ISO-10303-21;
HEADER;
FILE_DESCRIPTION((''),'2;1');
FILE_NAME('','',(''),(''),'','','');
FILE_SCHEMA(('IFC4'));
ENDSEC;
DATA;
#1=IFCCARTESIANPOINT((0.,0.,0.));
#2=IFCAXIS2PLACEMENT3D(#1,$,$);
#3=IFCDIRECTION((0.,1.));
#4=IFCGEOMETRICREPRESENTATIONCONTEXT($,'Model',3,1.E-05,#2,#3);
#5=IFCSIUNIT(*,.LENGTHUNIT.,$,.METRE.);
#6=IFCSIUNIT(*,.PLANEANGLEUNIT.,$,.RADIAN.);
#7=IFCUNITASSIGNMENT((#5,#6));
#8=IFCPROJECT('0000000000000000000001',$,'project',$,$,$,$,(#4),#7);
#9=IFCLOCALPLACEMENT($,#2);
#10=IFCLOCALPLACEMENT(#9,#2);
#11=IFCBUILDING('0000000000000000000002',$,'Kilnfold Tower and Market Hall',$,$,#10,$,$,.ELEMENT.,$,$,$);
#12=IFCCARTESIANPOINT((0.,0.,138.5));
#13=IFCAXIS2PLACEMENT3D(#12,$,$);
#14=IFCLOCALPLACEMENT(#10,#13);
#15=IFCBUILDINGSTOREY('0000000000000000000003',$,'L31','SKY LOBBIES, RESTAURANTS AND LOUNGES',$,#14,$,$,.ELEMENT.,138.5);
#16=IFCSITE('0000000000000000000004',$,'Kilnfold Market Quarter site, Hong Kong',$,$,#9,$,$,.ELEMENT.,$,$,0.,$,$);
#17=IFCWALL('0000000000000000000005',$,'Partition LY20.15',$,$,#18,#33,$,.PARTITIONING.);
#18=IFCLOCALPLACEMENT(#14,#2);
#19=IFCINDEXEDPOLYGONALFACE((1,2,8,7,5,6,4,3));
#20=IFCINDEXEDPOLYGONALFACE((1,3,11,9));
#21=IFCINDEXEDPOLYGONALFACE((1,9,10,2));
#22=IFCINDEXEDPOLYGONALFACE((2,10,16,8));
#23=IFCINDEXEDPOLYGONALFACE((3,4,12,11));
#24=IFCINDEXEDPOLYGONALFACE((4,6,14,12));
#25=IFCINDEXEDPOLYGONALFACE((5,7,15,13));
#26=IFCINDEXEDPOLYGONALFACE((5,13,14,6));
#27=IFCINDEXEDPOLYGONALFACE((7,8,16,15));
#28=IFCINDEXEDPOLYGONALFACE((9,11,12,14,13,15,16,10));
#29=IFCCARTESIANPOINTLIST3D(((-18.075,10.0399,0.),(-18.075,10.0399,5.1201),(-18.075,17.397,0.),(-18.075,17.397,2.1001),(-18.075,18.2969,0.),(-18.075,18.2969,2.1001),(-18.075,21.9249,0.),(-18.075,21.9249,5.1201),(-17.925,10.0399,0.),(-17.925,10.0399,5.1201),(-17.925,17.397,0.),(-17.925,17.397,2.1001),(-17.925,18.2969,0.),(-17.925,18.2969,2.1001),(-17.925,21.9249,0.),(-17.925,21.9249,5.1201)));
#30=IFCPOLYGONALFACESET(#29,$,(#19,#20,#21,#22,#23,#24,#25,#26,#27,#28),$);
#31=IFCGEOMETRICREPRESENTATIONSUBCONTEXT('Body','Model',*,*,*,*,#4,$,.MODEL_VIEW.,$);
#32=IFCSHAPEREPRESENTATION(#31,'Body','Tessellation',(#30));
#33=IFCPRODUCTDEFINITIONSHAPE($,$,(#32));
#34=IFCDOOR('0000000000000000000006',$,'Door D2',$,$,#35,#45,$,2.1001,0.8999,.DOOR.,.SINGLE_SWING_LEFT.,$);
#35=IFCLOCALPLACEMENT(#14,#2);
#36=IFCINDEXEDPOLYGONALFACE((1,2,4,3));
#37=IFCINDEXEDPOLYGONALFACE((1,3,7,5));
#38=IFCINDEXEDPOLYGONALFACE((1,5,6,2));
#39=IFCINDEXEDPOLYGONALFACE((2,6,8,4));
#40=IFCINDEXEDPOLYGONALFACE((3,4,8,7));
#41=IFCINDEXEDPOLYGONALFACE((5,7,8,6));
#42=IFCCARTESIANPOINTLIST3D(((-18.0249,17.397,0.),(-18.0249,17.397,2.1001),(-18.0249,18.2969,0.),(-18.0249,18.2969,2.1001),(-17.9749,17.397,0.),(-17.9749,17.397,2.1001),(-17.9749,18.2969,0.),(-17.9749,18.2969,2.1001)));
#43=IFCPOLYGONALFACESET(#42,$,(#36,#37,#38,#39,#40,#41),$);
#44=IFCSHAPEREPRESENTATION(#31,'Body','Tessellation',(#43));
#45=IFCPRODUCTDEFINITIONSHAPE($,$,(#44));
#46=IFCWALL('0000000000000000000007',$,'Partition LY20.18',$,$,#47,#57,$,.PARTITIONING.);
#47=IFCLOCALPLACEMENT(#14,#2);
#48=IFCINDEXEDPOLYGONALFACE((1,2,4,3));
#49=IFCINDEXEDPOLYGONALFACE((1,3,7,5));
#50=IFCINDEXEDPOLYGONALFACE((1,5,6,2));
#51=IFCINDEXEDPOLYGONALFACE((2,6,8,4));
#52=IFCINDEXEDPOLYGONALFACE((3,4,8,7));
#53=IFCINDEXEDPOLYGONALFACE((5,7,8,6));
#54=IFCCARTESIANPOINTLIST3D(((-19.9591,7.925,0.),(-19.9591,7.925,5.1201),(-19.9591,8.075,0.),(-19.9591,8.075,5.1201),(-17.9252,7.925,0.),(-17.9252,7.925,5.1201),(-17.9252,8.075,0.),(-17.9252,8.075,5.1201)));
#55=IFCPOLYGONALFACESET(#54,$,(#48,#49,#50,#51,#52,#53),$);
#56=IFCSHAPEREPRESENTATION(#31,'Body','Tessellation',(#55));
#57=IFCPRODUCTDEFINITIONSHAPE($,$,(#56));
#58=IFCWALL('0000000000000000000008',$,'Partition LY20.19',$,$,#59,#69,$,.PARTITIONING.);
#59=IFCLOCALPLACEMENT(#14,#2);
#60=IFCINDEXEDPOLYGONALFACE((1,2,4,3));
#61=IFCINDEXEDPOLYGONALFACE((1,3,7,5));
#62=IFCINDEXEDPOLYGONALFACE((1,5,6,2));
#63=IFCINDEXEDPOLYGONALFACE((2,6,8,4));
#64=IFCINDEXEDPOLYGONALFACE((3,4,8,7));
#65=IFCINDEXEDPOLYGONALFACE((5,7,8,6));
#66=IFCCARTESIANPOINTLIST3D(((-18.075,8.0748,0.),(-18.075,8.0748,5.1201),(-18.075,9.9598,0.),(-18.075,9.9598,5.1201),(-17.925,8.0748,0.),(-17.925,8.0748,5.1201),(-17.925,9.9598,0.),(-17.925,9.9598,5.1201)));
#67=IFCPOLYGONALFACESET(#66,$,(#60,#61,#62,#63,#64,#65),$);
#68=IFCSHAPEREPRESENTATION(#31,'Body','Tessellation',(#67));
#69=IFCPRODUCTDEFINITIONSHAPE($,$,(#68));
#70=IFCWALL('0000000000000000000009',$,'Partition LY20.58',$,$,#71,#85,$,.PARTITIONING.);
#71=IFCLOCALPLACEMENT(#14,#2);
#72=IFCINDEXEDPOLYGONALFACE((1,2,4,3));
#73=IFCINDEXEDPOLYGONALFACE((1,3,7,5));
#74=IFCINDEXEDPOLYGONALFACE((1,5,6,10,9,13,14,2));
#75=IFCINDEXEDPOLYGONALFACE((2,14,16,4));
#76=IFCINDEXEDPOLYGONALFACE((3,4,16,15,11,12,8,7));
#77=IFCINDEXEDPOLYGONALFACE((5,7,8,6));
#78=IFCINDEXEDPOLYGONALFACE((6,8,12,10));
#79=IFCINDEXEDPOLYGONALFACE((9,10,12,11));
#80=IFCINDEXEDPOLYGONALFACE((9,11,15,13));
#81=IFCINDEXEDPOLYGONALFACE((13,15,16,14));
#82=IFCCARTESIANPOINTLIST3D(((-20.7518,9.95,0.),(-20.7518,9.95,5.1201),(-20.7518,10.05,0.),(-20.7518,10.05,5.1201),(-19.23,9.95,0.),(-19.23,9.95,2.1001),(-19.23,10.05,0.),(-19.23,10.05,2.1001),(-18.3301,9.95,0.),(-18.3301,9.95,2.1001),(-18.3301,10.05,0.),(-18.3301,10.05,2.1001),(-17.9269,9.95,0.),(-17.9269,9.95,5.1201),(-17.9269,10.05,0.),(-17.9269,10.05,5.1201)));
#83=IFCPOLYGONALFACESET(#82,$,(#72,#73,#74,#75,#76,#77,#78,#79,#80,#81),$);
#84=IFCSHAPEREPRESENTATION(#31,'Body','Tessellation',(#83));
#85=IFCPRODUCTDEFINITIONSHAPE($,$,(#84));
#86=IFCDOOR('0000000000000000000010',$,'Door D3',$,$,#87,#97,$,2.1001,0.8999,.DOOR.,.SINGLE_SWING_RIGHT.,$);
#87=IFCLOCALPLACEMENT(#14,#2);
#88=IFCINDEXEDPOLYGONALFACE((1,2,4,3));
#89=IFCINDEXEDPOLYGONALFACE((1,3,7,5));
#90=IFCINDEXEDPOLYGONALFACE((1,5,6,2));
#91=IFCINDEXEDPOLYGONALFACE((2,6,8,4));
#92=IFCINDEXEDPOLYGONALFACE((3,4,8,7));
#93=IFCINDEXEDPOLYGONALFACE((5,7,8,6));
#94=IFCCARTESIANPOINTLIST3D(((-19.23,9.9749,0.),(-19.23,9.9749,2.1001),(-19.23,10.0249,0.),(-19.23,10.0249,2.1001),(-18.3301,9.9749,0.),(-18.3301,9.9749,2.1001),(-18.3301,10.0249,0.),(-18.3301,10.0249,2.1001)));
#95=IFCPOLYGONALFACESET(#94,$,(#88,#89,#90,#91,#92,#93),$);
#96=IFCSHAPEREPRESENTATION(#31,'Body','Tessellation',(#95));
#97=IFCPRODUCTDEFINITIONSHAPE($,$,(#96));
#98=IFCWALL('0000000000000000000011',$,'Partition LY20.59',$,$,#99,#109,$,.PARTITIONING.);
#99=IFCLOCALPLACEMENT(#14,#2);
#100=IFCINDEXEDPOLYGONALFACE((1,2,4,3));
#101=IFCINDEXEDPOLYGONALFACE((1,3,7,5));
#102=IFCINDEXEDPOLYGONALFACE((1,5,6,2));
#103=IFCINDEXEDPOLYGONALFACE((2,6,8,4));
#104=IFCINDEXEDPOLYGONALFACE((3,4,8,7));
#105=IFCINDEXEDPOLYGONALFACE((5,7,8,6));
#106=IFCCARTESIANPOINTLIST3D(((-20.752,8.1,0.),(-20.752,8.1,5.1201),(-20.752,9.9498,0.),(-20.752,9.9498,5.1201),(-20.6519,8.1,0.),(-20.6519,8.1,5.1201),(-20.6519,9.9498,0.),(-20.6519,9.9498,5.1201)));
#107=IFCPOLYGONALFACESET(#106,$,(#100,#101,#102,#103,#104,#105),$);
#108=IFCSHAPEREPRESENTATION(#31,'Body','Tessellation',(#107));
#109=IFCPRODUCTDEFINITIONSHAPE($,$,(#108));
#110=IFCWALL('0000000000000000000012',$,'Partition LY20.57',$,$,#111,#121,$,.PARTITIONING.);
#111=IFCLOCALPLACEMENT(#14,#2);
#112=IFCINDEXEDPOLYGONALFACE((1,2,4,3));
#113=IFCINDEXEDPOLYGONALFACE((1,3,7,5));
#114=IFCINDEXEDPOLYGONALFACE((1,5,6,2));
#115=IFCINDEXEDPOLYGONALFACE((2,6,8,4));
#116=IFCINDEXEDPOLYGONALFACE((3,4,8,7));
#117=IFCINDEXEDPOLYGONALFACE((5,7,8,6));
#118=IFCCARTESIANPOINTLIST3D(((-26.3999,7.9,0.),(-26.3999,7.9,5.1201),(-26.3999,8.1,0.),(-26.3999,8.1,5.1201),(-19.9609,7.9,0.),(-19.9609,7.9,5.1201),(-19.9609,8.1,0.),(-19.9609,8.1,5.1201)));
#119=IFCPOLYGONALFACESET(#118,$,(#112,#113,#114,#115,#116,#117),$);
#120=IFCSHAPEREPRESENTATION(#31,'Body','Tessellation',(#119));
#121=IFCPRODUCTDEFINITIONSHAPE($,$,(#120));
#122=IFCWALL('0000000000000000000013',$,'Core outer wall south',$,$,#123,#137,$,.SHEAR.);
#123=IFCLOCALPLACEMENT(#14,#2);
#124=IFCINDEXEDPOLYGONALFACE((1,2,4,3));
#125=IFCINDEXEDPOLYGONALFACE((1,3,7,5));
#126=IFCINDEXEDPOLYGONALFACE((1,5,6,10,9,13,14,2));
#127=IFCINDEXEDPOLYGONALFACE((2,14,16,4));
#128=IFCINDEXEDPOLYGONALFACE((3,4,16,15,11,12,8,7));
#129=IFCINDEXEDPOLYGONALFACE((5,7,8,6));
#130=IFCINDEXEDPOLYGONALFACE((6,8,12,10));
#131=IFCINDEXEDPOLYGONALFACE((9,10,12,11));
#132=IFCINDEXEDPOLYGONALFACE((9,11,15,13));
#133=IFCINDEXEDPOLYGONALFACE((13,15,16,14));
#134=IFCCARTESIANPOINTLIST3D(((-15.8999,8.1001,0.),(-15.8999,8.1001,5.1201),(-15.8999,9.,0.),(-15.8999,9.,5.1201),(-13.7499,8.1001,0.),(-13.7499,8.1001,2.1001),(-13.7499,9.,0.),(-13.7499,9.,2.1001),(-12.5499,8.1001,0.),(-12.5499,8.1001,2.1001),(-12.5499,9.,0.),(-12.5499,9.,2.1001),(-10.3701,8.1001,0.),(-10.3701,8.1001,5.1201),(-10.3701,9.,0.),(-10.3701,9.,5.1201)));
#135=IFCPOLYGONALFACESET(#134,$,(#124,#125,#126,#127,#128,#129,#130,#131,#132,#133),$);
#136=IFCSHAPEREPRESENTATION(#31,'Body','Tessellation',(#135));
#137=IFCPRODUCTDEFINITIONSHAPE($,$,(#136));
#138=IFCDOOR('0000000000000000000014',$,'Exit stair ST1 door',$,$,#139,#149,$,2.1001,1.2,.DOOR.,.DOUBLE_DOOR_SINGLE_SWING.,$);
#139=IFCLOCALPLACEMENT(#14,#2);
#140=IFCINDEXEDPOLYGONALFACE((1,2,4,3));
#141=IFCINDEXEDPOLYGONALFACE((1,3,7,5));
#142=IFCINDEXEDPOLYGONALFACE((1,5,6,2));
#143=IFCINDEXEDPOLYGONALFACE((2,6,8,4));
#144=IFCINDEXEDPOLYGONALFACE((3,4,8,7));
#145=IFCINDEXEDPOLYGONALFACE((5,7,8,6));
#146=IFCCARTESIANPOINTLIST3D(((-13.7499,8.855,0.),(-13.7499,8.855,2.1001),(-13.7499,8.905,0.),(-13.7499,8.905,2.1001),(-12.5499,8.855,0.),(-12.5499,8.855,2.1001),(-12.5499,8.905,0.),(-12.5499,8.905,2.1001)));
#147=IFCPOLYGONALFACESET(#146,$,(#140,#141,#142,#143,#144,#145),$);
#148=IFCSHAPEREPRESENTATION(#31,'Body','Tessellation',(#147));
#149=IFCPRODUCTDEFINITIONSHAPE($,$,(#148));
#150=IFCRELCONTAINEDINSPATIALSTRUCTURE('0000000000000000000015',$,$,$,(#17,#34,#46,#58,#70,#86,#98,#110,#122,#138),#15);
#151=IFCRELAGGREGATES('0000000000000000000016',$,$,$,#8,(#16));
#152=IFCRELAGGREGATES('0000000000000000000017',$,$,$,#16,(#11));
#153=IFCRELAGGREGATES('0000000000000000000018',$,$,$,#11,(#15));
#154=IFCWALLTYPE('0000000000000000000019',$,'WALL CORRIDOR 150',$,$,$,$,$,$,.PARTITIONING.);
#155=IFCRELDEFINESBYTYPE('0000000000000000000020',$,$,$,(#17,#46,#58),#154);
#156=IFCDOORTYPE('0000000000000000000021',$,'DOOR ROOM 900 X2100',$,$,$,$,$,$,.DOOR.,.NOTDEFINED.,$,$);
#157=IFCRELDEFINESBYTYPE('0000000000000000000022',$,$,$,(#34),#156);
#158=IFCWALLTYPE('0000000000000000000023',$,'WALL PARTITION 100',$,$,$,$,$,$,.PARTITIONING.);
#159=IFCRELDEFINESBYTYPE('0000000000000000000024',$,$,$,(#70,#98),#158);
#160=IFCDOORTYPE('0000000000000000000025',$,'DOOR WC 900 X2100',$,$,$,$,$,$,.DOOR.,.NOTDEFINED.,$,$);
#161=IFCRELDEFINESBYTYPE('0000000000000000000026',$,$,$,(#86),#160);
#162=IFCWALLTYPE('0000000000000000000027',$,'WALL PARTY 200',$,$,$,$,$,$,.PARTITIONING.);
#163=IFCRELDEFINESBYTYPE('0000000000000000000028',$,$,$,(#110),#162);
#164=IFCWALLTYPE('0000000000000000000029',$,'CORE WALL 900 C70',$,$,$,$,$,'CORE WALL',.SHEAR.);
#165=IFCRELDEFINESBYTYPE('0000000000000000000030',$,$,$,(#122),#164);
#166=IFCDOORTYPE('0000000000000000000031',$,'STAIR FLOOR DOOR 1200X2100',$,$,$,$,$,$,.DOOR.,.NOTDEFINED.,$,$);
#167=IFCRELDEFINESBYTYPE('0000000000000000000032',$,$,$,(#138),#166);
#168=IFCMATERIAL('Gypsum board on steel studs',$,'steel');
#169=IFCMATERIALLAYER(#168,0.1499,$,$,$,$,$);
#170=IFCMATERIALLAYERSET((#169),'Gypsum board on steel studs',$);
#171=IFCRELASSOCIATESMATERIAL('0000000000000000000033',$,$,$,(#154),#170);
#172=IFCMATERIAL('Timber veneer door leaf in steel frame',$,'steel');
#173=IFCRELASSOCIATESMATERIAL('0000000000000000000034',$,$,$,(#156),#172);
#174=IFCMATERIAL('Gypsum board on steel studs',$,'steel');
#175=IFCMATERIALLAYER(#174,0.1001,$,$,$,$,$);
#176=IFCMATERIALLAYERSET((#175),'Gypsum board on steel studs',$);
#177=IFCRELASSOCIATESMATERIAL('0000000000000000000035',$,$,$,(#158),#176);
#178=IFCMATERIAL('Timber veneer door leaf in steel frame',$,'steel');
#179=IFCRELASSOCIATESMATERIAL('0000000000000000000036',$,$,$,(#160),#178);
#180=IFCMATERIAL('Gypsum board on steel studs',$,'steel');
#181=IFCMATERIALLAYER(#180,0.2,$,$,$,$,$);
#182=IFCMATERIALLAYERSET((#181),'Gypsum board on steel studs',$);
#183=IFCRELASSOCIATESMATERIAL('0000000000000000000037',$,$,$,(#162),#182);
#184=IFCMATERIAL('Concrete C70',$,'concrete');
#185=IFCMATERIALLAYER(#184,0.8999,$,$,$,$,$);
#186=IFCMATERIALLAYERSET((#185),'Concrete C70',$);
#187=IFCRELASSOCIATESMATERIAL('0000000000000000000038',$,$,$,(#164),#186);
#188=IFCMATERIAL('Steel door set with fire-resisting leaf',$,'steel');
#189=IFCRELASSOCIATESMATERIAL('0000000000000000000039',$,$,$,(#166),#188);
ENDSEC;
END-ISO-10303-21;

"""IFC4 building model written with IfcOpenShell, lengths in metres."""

from ifc_helpers import new_model, si_unit, direction, frame, frame_2d, origin, place, context, subcontext, project, spatial, rectangle, extrude, source, transform, mapped, material, layer, layer_set, type_object, element, fill, save


model = new_model("IFC4")

# Units and contexts
model_context = context("Model", 3, precision=1e-05, world=origin(), true_north=direction((0.0, 1.0)))
body_context = subcontext(model_context, "Body", "Model", "MODEL_VIEW")
ifc_project = project(units=[si_unit("LENGTHUNIT", "METRE"), si_unit("PLANEANGLEUNIT", "RADIAN")], contexts=[model_context])

# Site, building, storey
site_placement = place(None, origin())
site = spatial("IfcSite", under=ifc_project, at=site_placement, Name="Kilnfold Market Quarter site, Hong Kong", CompositionType="ELEMENT", RefElevation=0.0)
building_placement = place(site_placement, origin())
building = spatial("IfcBuilding", under=site, at=building_placement, Name="Kilnfold Tower and Market Hall", CompositionType="ELEMENT")
storey_placement = place(building_placement, frame((0.0, 0.0, 138.5)))
storey = spatial("IfcBuildingStorey", under=building, at=storey_placement, Name="L31", Description="SKY LOBBIES, RESTAURANTS AND LOUNGES", CompositionType="ELEMENT", Elevation=138.5)

# Wall, opening, door
ifc_material_1 = material(Name="Gypsum board on steel studs", Category="steel")
ifc_layer_1 = layer(ifc_material_1, 0.1499)
ifc_layer_set_1 = layer_set([ifc_layer_1], Name="Gypsum board on steel studs")
wall_type_1 = type_object("IfcWallType", Name="WALL CORRIDOR 150", PredefinedType="PARTITIONING", material=ifc_layer_set_1)
wall_1_placement = place(storey_placement, frame((-18.0, 10.04, 0.0), z_axis=(0.0, 0.0, 1.0), x_axis=(0.0, 1.0, 0.0)))
wall_1 = element("IfcWall", 1, at=wall_1_placement, inside=storey, type_object=wall_type_1, Name="Partition LY20.15", PredefinedType="PARTITIONING", context=body_context, shape_type="SweptSolid", body=[
    extrude(rectangle(XDim=11.885, YDim=0.1499, at=frame_2d((5.9424, 0.0))), origin(), (0.0, 0.0, 1.0), 5.1201),
])
opening_1_placement = place(wall_1_placement, frame((7.3569, 0.0, 0.0)))
opening_1 = element("IfcOpeningElement", 2, at=opening_1_placement, cuts=wall_1, PredefinedType="OPENING", context=body_context, shape_type="SweptSolid", body=[
    extrude(rectangle(XDim=0.8999, YDim=2.1001, at=frame_2d((0.45, 1.05))), frame((0.0, 0.085, 0.0), z_axis=(0.0, -1.0, 0.0), x_axis=(1.0, 0.0, 0.0)), (0.0, 0.0, 1.0), 0.1699),
])
ifc_material_2 = material(Name="Timber veneer door leaf in steel frame", Category="steel")
door_type_1 = type_object("IfcDoorType", Name="DOOR ROOM 900 X2100", OperationType="NOTDEFINED", PredefinedType="DOOR", material=ifc_material_2)
door_1_placement = place(opening_1_placement, origin())
door_1 = element("IfcDoor", 3, at=door_1_placement, inside=storey, type_object=door_type_1, Name="Door D2", OperationType="SINGLE_SWING_LEFT", OverallHeight=2.1001, OverallWidth=0.8999, PredefinedType="DOOR", context=body_context, shape_type="SweptSolid", body=[
    extrude(rectangle(XDim=0.8999, YDim=2.1001, at=frame_2d((0.45, 1.05))), frame((0.0, 0.0249, 0.0), z_axis=(0.0, -1.0, 0.0), x_axis=(1.0, 0.0, 0.0)), (0.0, 0.0, 1.0), 0.05),
])
fill(opening_1, door_1)

# Walls
wall_2_placement = place(storey_placement, frame((-17.925, 8.0, 0.0), z_axis=(0.0, 0.0, 1.0), x_axis=(-1.0, 0.0, 0.0)))
element("IfcWall", 4, at=wall_2_placement, inside=storey, type_object=wall_type_1, Name="Partition LY20.18", PredefinedType="PARTITIONING", context=body_context, shape_type="SweptSolid", body=[
    extrude(rectangle(XDim=2.0339, YDim=0.1499, at=frame_2d((1.0171, 0.0))), origin(), (0.0, 0.0, 1.0), 5.1201),
])
wall_3_placement = place(storey_placement, frame((-18.0, 8.075, 0.0), z_axis=(0.0, 0.0, 1.0), x_axis=(0.0, 1.0, 0.0)))
element("IfcWall", 5, at=wall_3_placement, inside=storey, type_object=wall_type_1, Name="Partition LY20.19", PredefinedType="PARTITIONING", context=body_context, shape_type="SweptSolid", body=[
    extrude(rectangle(XDim=1.885, YDim=0.1499, at=frame_2d((0.9424, 0.0))), origin(), (0.0, 0.0, 1.0), 5.1201),
])

# Wall, opening, door
ifc_material_3 = material(Name="Gypsum board on steel studs", Category="steel")
ifc_layer_2 = layer(ifc_material_3, 0.1001)
ifc_layer_set_2 = layer_set([ifc_layer_2], Name="Gypsum board on steel studs")
wall_type_2 = type_object("IfcWallType", Name="WALL PARTITION 100", PredefinedType="PARTITIONING", material=ifc_layer_set_2)
wall_4_placement = place(storey_placement, frame((-20.752, 10.0, 0.0), z_axis=(0.0, 0.0, 1.0), x_axis=(1.0, 0.0, 0.0)))
wall_4 = element("IfcWall", 6, at=wall_4_placement, inside=storey, type_object=wall_type_2, Name="Partition LY20.58", PredefinedType="PARTITIONING", context=body_context, shape_type="SweptSolid", body=[
    extrude(rectangle(XDim=2.825, YDim=0.1001, at=frame_2d((1.4126, 0.0))), origin(), (0.0, 0.0, 1.0), 5.1201),
])
opening_2_placement = place(wall_4_placement, frame((1.522, 0.0, 0.0)))
opening_2 = element("IfcOpeningElement", 7, at=opening_2_placement, cuts=wall_4, PredefinedType="OPENING", context=body_context, shape_type="SweptSolid", body=[
    extrude(rectangle(XDim=0.8999, YDim=2.1001, at=frame_2d((0.45, 1.05))), frame((0.0, 0.0601, 0.0), z_axis=(0.0, -1.0, 0.0), x_axis=(1.0, 0.0, 0.0)), (0.0, 0.0, 1.0), 0.1201),
])
ifc_material_4 = material(Name="Timber veneer door leaf in steel frame", Category="steel")
door_type_2 = type_object("IfcDoorType", Name="DOOR WC 900 X2100", OperationType="NOTDEFINED", PredefinedType="DOOR", material=ifc_material_4)
door_2_placement = place(opening_2_placement, origin())
door_2 = element("IfcDoor", 8, at=door_2_placement, inside=storey, type_object=door_type_2, Name="Door D3", OperationType="SINGLE_SWING_RIGHT", OverallHeight=2.1001, OverallWidth=0.8999, PredefinedType="DOOR", context=body_context, shape_type="SweptSolid", body=[
    extrude(rectangle(XDim=0.8999, YDim=2.1001, at=frame_2d((0.45, 1.05))), frame((0.0, 0.0249, 0.0), z_axis=(0.0, -1.0, 0.0), x_axis=(1.0, 0.0, 0.0)), (0.0, 0.0, 1.0), 0.05),
])
fill(opening_2, door_2)

# Walls
wall_5_placement = place(storey_placement, frame((-20.7019, 8.1001, 0.0), z_axis=(0.0, 0.0, 1.0), x_axis=(0.0, 1.0, 0.0)))
element("IfcWall", 9, at=wall_5_placement, inside=storey, type_object=wall_type_2, Name="Partition LY20.59", PredefinedType="PARTITIONING", context=body_context, shape_type="SweptSolid", body=[
    extrude(rectangle(XDim=1.8499, YDim=0.1001, at=frame_2d((0.9248, 0.0))), origin(), (0.0, 0.0, 1.0), 5.1201),
])
ifc_material_5 = material(Name="Gypsum board on steel studs", Category="steel")
ifc_layer_3 = layer(ifc_material_5, 0.2)
ifc_layer_set_3 = layer_set([ifc_layer_3], Name="Gypsum board on steel studs")
wall_type_3 = type_object("IfcWallType", Name="WALL PARTY 200", PredefinedType="PARTITIONING", material=ifc_layer_set_3)
wall_6_placement = place(storey_placement, frame((-26.3999, 8.0, 0.0), z_axis=(0.0, 0.0, 1.0), x_axis=(1.0, 0.0, 0.0)))
element("IfcWall", 10, at=wall_6_placement, inside=storey, type_object=wall_type_3, Name="Partition LY20.57", PredefinedType="PARTITIONING", context=body_context, shape_type="SweptSolid", body=[
    extrude(rectangle(XDim=6.439, YDim=0.2, at=frame_2d((3.2195, 0.0))), origin(), (0.0, 0.0, 1.0), 5.1201),
])

# Wall, opening, door
ifc_material_6 = material(Name="Concrete C70", Category="concrete")
ifc_layer_4 = layer(ifc_material_6, 0.8999)
ifc_layer_set_4 = layer_set([ifc_layer_4], Name="Concrete C70")
wall_type_4 = type_object("IfcWallType", Name="CORE WALL 900 C70", ElementType="CORE WALL", PredefinedType="SHEAR", material=ifc_layer_set_4)
shared_shape_1 = source(origin(), body_context, "Body", "SweptSolid", [
    extrude(rectangle(XDim=5.5298, YDim=0.8999, at=frame_2d((2.7649, 0.0))), origin(), (0.0, 0.0, 1.0), 5.1201),
])
wall_7_placement = place(storey_placement, frame((-15.8999, 8.55, 0.0), z_axis=(0.0, 0.0, 1.0), x_axis=(1.0, 0.0, 0.0)))
wall_7 = element("IfcWall", 11, at=wall_7_placement, inside=storey, type_object=wall_type_4, Name="Core outer wall south", PredefinedType="SHEAR", context=body_context, shape_type="MappedRepresentation", body=[
    mapped(shared_shape_1, transform((0.0, 0.0, 0.0))),
])
opening_3_placement = place(wall_7_placement, frame((2.1499, 0.0, 0.0)))
opening_3 = element("IfcOpeningElement", 12, at=opening_3_placement, cuts=wall_7, PredefinedType="OPENING", context=body_context, shape_type="SweptSolid", body=[
    extrude(rectangle(XDim=1.2, YDim=2.1001, at=frame_2d((0.6001, 1.05))), frame((0.0, 0.46, 0.0), z_axis=(0.0, -1.0, 0.0), x_axis=(1.0, 0.0, 0.0)), (0.0, 0.0, 1.0), 0.9199),
])
ifc_material_7 = material(Name="Steel door set with fire-resisting leaf", Category="steel")
door_type_3 = type_object("IfcDoorType", Name="STAIR FLOOR DOOR 1200X2100", OperationType="NOTDEFINED", PredefinedType="DOOR", material=ifc_material_7)
door_3_placement = place(opening_3_placement, origin())
door_3 = element("IfcDoor", 13, at=door_3_placement, inside=storey, type_object=door_type_3, Name="Exit stair ST1 door", OperationType="DOUBLE_DOOR_SINGLE_SWING", OverallHeight=2.1001, OverallWidth=1.2, PredefinedType="DOOR", context=body_context, shape_type="SweptSolid", body=[
    extrude(rectangle(XDim=1.2, YDim=2.1001, at=frame_2d((0.6001, 1.05))), frame((0.0, 0.355, 0.0), z_axis=(0.0, -1.0, 0.0), x_axis=(1.0, 0.0, 0.0)), (0.0, 0.0, 1.0), 0.05),
])
fill(opening_3, door_3)

save(model, "model.ifc")
